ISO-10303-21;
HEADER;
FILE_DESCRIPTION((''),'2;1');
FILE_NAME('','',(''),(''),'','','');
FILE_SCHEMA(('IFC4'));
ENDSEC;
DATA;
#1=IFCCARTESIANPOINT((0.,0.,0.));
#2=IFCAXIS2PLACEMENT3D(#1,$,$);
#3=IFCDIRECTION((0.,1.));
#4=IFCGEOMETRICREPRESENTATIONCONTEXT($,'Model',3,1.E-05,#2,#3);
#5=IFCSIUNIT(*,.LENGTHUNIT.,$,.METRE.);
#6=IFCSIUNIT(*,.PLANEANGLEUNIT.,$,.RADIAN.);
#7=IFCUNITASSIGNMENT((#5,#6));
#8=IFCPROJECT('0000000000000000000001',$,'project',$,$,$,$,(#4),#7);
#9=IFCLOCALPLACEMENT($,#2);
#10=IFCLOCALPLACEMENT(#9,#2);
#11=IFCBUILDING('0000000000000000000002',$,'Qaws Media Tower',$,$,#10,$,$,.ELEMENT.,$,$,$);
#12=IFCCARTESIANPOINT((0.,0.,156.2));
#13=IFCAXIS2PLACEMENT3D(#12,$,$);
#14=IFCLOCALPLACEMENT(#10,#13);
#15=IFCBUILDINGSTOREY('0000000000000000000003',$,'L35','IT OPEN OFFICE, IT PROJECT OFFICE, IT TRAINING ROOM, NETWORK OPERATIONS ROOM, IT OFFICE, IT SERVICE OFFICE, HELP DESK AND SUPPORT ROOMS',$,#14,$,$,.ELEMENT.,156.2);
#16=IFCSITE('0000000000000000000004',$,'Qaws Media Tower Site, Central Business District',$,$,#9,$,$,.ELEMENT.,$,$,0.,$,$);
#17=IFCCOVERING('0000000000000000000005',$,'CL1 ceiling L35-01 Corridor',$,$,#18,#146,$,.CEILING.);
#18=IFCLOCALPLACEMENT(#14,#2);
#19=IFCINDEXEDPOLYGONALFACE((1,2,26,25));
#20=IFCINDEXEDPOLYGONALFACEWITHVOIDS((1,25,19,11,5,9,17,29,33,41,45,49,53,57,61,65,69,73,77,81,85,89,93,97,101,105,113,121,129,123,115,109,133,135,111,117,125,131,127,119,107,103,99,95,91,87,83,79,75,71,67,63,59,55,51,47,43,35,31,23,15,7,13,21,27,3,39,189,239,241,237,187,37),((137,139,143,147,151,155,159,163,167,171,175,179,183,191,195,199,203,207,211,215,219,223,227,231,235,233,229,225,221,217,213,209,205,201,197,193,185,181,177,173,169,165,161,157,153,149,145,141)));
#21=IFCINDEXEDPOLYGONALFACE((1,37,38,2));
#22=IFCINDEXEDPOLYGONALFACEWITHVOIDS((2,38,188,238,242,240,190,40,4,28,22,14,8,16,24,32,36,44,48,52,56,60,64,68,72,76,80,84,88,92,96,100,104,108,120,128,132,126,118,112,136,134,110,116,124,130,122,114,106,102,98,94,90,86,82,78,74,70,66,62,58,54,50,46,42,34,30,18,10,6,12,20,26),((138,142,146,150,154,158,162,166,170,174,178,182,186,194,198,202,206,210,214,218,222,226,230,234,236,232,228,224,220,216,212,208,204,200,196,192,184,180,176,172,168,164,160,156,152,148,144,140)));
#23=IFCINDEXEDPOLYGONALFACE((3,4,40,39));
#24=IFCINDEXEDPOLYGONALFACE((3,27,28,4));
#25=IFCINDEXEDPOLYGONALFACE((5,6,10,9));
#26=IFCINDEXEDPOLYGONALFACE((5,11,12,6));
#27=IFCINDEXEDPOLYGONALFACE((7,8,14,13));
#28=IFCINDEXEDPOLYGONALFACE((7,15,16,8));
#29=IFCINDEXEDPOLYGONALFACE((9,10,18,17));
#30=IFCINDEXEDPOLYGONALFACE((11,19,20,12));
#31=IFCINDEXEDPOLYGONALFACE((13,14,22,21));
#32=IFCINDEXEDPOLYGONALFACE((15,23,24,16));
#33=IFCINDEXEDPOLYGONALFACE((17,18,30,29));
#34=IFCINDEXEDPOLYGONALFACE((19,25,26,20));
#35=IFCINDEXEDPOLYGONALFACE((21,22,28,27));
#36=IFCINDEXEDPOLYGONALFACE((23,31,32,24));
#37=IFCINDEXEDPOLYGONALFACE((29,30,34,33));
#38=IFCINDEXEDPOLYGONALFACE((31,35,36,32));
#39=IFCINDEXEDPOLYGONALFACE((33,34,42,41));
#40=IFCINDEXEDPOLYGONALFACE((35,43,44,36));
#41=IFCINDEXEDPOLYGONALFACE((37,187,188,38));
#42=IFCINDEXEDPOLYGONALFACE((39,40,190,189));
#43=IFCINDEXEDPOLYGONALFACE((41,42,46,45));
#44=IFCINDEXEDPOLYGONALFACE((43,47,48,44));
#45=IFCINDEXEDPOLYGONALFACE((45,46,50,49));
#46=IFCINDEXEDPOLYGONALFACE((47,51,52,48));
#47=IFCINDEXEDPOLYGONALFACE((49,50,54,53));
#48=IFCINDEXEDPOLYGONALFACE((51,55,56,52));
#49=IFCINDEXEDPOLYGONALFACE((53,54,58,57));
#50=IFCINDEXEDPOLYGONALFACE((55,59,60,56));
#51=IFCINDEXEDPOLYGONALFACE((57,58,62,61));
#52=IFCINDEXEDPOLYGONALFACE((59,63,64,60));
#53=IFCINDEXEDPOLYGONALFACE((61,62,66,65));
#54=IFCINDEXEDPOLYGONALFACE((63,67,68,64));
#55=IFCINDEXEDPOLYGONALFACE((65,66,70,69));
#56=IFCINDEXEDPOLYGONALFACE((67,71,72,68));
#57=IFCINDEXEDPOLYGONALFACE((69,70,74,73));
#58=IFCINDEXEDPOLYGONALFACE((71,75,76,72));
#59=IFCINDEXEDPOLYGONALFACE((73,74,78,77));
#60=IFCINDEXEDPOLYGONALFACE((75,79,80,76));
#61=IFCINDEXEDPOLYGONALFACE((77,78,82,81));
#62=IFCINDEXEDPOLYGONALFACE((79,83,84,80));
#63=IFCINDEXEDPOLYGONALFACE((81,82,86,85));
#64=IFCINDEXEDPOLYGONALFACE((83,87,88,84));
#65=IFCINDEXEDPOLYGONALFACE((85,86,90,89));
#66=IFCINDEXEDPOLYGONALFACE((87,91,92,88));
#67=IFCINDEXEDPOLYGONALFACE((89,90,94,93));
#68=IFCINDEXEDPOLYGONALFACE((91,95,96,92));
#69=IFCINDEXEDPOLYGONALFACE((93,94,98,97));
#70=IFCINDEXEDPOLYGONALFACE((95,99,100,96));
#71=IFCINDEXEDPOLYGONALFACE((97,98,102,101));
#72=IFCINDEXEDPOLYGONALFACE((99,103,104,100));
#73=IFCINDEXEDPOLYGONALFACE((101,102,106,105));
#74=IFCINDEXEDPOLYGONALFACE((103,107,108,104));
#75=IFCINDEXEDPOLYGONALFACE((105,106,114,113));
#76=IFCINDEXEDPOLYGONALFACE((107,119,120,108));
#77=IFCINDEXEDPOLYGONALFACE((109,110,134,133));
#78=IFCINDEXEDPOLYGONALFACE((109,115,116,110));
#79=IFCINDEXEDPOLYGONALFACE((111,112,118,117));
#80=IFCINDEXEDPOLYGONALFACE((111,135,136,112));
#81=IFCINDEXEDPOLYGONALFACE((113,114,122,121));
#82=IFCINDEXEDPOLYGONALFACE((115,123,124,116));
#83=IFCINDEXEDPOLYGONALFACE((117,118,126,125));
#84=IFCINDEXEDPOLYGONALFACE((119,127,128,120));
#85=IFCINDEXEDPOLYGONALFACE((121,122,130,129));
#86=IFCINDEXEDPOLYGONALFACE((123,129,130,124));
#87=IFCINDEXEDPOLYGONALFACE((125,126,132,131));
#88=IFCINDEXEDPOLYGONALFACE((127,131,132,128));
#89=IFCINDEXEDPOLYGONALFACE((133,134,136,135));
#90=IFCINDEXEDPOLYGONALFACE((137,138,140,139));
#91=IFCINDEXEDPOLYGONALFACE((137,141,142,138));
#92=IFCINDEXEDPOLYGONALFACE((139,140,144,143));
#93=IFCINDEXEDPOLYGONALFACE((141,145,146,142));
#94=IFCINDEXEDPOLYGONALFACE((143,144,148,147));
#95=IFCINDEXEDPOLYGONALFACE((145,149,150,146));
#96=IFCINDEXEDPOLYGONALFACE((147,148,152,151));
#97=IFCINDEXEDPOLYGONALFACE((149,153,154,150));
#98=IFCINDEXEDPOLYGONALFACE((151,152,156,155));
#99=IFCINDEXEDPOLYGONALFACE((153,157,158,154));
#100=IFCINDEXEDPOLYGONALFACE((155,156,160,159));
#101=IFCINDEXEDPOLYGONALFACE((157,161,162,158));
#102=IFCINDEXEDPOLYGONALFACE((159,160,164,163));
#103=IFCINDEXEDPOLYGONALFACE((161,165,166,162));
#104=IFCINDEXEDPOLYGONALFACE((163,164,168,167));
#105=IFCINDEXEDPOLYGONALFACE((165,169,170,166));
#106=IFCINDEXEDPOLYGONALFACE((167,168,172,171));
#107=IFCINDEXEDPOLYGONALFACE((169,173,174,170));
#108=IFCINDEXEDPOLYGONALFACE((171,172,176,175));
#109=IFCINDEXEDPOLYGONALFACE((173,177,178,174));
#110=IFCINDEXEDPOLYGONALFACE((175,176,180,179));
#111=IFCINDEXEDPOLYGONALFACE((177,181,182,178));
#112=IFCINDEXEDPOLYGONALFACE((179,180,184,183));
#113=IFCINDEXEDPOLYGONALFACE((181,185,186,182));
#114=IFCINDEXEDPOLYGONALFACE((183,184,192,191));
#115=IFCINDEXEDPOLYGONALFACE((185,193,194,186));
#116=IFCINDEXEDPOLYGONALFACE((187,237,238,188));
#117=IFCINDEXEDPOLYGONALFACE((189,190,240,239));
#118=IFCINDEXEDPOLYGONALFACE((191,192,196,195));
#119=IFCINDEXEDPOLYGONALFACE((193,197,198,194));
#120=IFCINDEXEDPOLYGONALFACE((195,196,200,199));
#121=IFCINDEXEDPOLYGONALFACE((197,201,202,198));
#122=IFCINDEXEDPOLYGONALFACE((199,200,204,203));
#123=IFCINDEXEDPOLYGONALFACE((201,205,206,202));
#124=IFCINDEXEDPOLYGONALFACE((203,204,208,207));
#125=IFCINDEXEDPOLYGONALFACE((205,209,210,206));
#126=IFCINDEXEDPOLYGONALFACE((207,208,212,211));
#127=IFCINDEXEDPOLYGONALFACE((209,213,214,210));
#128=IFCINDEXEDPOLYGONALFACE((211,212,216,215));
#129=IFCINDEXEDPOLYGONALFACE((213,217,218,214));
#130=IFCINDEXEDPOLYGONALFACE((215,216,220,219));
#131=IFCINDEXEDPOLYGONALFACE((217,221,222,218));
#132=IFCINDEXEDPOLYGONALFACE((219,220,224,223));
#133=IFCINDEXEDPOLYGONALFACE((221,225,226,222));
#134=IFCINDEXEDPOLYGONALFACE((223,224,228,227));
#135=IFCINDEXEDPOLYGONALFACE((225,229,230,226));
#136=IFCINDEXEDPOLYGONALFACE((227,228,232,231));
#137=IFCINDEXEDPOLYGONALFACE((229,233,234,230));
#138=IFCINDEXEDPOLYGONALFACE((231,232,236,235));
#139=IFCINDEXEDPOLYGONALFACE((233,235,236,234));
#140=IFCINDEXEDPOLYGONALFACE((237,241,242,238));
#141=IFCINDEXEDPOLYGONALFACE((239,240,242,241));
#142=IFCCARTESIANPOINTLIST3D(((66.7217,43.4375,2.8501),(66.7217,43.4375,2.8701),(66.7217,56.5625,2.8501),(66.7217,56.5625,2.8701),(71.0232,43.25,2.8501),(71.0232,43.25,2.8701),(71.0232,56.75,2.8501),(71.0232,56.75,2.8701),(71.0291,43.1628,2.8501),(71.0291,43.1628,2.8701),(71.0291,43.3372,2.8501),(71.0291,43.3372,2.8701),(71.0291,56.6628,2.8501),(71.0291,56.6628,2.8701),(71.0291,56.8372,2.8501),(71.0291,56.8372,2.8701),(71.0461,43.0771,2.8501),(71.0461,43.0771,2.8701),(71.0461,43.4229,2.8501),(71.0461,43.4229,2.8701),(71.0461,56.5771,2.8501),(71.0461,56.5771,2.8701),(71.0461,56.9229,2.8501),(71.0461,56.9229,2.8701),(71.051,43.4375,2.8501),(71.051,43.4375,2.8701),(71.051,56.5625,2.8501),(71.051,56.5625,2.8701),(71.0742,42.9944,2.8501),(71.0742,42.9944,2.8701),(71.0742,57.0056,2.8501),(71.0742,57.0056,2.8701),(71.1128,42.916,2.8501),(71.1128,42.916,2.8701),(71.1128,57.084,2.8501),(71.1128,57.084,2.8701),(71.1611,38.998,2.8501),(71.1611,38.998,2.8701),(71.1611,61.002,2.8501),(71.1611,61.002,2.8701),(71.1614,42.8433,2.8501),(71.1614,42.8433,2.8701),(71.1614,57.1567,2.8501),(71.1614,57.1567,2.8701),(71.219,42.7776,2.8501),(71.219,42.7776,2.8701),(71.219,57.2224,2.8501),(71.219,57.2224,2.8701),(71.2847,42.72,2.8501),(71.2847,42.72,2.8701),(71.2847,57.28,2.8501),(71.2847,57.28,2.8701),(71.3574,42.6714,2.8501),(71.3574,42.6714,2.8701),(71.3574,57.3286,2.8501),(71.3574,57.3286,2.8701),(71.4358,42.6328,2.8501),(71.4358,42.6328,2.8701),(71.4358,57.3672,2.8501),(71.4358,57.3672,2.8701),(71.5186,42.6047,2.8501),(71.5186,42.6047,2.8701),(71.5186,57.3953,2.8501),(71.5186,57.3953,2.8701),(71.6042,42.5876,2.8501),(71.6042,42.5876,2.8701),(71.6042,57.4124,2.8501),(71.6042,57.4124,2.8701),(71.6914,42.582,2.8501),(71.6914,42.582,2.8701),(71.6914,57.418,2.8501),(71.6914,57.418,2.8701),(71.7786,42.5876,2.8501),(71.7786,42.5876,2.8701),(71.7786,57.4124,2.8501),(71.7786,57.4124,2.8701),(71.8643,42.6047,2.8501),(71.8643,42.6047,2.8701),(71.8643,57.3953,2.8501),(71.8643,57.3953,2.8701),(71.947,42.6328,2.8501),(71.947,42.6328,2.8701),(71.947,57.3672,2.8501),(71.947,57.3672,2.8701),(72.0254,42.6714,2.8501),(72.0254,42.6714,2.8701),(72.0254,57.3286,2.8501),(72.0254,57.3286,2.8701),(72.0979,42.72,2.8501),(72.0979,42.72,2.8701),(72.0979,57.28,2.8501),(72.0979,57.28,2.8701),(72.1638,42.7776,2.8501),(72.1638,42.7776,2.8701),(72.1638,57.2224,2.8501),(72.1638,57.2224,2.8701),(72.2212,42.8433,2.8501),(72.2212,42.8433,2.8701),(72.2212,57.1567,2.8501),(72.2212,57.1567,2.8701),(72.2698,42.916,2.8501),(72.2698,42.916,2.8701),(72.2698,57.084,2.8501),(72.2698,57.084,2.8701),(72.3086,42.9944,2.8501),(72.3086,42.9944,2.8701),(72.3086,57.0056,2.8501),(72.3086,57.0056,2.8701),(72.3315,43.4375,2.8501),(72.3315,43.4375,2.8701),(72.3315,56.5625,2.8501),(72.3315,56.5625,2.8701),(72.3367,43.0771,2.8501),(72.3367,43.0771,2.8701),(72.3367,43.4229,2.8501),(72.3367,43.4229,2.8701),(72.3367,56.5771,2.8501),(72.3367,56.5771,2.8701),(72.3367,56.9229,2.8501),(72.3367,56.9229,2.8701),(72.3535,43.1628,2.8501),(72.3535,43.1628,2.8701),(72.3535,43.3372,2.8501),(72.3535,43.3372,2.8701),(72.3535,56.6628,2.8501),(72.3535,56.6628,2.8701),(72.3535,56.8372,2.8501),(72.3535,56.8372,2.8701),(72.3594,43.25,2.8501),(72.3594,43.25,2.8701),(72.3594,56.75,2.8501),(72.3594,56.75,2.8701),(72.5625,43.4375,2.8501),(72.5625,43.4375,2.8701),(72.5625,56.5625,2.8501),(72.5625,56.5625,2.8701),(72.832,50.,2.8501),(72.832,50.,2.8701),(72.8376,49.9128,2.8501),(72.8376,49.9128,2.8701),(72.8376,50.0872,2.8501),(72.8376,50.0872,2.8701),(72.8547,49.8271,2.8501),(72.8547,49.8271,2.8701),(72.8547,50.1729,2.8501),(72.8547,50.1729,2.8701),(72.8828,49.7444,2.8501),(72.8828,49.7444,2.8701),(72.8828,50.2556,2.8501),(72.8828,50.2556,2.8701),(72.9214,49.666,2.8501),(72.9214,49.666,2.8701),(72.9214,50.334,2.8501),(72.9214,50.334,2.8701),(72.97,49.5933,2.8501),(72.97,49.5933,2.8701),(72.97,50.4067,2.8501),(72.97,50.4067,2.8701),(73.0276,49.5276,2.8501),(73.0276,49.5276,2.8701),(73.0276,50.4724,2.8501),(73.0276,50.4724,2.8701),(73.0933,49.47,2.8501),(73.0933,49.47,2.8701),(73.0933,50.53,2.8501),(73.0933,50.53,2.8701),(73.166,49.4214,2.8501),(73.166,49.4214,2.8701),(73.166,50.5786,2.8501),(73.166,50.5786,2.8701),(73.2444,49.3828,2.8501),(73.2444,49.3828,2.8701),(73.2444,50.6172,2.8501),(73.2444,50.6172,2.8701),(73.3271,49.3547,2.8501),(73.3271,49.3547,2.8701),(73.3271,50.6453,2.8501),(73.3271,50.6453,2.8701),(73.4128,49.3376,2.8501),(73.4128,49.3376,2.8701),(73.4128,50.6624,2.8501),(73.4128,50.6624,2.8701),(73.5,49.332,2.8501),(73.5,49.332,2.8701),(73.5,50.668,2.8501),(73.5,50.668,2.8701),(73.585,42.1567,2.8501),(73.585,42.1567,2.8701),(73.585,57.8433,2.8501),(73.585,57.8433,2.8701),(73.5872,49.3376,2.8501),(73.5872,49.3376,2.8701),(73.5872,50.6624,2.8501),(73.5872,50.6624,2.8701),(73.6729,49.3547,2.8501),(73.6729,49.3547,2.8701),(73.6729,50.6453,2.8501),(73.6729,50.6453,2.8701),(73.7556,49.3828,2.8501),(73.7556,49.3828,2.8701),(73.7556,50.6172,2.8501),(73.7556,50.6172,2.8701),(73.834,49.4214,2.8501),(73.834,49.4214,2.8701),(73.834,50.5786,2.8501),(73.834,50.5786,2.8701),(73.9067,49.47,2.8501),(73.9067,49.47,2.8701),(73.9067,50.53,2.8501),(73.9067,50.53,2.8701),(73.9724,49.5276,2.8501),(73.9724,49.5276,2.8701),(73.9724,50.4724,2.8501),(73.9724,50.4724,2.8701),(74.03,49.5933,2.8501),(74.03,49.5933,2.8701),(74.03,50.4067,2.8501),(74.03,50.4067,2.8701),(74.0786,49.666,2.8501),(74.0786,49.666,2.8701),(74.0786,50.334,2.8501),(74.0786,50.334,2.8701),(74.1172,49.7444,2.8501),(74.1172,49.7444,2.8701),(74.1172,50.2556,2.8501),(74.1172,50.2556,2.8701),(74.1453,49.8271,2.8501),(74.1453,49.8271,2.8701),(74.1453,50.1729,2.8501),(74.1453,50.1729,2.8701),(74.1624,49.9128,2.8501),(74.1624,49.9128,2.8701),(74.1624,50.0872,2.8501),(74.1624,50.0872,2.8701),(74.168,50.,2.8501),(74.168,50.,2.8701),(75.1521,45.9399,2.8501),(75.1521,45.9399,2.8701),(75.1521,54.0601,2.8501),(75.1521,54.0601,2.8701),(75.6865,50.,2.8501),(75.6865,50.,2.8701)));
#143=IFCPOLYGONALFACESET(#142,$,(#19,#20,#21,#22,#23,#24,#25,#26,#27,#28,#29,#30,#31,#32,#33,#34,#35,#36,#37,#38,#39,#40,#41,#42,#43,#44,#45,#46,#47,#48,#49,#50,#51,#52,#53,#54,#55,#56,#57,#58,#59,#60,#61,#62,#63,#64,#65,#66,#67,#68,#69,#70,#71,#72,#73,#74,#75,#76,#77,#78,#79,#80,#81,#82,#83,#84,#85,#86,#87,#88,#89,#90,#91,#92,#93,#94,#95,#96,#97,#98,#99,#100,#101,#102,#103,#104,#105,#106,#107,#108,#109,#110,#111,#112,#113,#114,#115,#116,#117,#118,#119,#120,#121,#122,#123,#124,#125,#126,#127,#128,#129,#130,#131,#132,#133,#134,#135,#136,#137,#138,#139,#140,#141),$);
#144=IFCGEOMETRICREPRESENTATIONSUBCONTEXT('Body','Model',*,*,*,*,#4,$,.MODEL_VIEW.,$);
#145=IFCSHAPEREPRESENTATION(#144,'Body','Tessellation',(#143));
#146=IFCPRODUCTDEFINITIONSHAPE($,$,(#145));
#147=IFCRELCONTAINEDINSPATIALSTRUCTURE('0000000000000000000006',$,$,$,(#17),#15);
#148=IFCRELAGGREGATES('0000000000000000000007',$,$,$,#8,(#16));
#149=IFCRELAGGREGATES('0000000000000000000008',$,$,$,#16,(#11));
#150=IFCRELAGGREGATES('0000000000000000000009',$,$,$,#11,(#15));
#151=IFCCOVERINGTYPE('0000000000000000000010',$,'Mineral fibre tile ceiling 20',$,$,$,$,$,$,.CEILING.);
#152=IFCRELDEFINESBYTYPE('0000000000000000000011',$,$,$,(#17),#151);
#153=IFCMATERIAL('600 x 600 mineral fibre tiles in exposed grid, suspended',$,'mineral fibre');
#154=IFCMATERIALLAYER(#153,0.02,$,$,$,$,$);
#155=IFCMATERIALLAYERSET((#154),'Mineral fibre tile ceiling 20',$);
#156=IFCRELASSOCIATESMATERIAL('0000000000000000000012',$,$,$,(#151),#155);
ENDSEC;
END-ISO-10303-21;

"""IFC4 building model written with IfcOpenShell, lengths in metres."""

from ifc_helpers import new_model, si_unit, direction, frame, origin, place, context, subcontext, project, spatial, polyline, outline, extrude, material, layer, layer_set, type_object, element, save


model = new_model("IFC4")

# Units and contexts
model_context = context("Model", 3, precision=1e-05, world=origin(), true_north=direction((0.0, 1.0)))
body_context = subcontext(model_context, "Body", "Model", "MODEL_VIEW")
ifc_project = project(units=[si_unit("LENGTHUNIT", "METRE"), si_unit("PLANEANGLEUNIT", "RADIAN")], contexts=[model_context])

# Site, building, storey
site_placement = place(None, origin())
site = spatial("IfcSite", under=ifc_project, at=site_placement, Name="Qaws Media Tower Site, Central Business District", CompositionType="ELEMENT", RefElevation=0.0)
building_placement = place(site_placement, origin())
building = spatial("IfcBuilding", under=site, at=building_placement, Name="Qaws Media Tower", CompositionType="ELEMENT")
storey_placement = place(building_placement, frame((0.0, 0.0, 156.2)))
storey = spatial("IfcBuildingStorey", under=building, at=storey_placement, Name="L35", Description="IT OPEN OFFICE, IT PROJECT OFFICE, IT TRAINING ROOM, NETWORK OPERATIONS ROOM, IT OFFICE, IT SERVICE OFFICE, HELP DESK AND SUPPORT ROOMS", CompositionType="ELEMENT", Elevation=156.2)

# Covering
ifc_material_1 = material(Name="600 x 600 mineral fibre tiles in exposed grid, suspended", Category="mineral fibre")
ifc_layer_1 = layer(ifc_material_1, 0.02)
ifc_layer_set_1 = layer_set([ifc_layer_1], Name="Mineral fibre tile ceiling 20")
covering_type_1 = type_object("IfcCoveringType", Name="Mineral fibre tile ceiling 20", PredefinedType="CEILING", material=ifc_layer_set_1)
covering_1_placement = place(storey_placement, frame((0.0, 0.0, 2.8501)))
element("IfcCovering", 1, at=covering_1_placement, inside=storey, type_object=covering_type_1, Name="CL1 ceiling L35-01 Corridor", PredefinedType="CEILING", context=body_context, shape_type="SweptSolid", body=[
    extrude(outline(polyline([(73.585, 57.8433), (75.1521, 54.0601), (75.6865, 50.0), (75.1521, 45.9399), (73.585, 42.1567), (71.1611, 38.998), (66.7217, 43.4375), (71.051, 43.4375), (71.0461, 43.4229), (71.0291, 43.3372), (71.0232, 43.25), (71.0291, 43.1628), (71.0461, 43.0771), (71.0742, 42.9944), (71.1128, 42.916), (71.1614, 42.8433), (71.219, 42.7776), (71.2847, 42.72), (71.3574, 42.6714), (71.4358, 42.6328), (71.5186, 42.6047), (71.6042, 42.5876), (71.6914, 42.582), (71.7786, 42.5876), (71.8643, 42.6047), (71.947, 42.6328), (72.0254, 42.6714), (72.0979, 42.72), (72.1638, 42.7776), (72.2212, 42.8433), (72.2698, 42.916), (72.3086, 42.9944), (72.3367, 43.0771), (72.3535, 43.1628), (72.3594, 43.25), (72.3535, 43.3372), (72.3367, 43.4229), (72.3315, 43.4375), (72.5625, 43.4375), (72.5625, 56.5625), (72.3315, 56.5625), (72.3367, 56.5771), (72.3535, 56.6628), (72.3594, 56.75), (72.3535, 56.8372), (72.3367, 56.9229), (72.3086, 57.0056), (72.2698, 57.084), (72.2212, 57.1567), (72.1638, 57.2224), (72.0979, 57.28), (72.0254, 57.3286), (71.947, 57.3672), (71.8643, 57.3953), (71.7786, 57.4124), (71.6914, 57.418), (71.6042, 57.4124), (71.5186, 57.3953), (71.4358, 57.3672), (71.3574, 57.3286), (71.2847, 57.28), (71.219, 57.2224), (71.1614, 57.1567), (71.1128, 57.084), (71.0742, 57.0056), (71.0461, 56.9229), (71.0291, 56.8372), (71.0232, 56.75), (71.0291, 56.6628), (71.0461, 56.5771), (71.051, 56.5625), (66.7217, 56.5625), (71.1611, 61.002), (73.585, 57.8433)]), holes=[polyline([(74.1453, 49.8271), (74.1624, 49.9128), (74.168, 50.0), (74.1624, 50.0872), (74.1453, 50.1729), (74.1172, 50.2556), (74.0786, 50.334), (74.03, 50.4067), (73.9724, 50.4724), (73.9067, 50.53), (73.834, 50.5786), (73.7556, 50.6172), (73.6729, 50.6453), (73.5872, 50.6624), (73.5, 50.668), (73.4128, 50.6624), (73.3271, 50.6453), (73.2444, 50.6172), (73.166, 50.5786), (73.0933, 50.53), (73.0276, 50.4724), (72.97, 50.4067), (72.9214, 50.334), (72.8828, 50.2556), (72.8547, 50.1729), (72.8376, 50.0872), (72.832, 50.0), (72.8376, 49.9128), (72.8547, 49.8271), (72.8828, 49.7444), (72.9214, 49.666), (72.97, 49.5933), (73.0276, 49.5276), (73.0933, 49.47), (73.166, 49.4214), (73.2444, 49.3828), (73.3271, 49.3547), (73.4128, 49.3376), (73.5, 49.332), (73.5872, 49.3376), (73.6729, 49.3547), (73.7556, 49.3828), (73.834, 49.4214), (73.9067, 49.47), (73.9724, 49.5276), (74.03, 49.5933), (74.0786, 49.666), (74.1172, 49.7444), (74.1453, 49.8271)])]), origin(), (0.0, 0.0, 1.0), 0.02),
])

save(model, "model.ifc")
